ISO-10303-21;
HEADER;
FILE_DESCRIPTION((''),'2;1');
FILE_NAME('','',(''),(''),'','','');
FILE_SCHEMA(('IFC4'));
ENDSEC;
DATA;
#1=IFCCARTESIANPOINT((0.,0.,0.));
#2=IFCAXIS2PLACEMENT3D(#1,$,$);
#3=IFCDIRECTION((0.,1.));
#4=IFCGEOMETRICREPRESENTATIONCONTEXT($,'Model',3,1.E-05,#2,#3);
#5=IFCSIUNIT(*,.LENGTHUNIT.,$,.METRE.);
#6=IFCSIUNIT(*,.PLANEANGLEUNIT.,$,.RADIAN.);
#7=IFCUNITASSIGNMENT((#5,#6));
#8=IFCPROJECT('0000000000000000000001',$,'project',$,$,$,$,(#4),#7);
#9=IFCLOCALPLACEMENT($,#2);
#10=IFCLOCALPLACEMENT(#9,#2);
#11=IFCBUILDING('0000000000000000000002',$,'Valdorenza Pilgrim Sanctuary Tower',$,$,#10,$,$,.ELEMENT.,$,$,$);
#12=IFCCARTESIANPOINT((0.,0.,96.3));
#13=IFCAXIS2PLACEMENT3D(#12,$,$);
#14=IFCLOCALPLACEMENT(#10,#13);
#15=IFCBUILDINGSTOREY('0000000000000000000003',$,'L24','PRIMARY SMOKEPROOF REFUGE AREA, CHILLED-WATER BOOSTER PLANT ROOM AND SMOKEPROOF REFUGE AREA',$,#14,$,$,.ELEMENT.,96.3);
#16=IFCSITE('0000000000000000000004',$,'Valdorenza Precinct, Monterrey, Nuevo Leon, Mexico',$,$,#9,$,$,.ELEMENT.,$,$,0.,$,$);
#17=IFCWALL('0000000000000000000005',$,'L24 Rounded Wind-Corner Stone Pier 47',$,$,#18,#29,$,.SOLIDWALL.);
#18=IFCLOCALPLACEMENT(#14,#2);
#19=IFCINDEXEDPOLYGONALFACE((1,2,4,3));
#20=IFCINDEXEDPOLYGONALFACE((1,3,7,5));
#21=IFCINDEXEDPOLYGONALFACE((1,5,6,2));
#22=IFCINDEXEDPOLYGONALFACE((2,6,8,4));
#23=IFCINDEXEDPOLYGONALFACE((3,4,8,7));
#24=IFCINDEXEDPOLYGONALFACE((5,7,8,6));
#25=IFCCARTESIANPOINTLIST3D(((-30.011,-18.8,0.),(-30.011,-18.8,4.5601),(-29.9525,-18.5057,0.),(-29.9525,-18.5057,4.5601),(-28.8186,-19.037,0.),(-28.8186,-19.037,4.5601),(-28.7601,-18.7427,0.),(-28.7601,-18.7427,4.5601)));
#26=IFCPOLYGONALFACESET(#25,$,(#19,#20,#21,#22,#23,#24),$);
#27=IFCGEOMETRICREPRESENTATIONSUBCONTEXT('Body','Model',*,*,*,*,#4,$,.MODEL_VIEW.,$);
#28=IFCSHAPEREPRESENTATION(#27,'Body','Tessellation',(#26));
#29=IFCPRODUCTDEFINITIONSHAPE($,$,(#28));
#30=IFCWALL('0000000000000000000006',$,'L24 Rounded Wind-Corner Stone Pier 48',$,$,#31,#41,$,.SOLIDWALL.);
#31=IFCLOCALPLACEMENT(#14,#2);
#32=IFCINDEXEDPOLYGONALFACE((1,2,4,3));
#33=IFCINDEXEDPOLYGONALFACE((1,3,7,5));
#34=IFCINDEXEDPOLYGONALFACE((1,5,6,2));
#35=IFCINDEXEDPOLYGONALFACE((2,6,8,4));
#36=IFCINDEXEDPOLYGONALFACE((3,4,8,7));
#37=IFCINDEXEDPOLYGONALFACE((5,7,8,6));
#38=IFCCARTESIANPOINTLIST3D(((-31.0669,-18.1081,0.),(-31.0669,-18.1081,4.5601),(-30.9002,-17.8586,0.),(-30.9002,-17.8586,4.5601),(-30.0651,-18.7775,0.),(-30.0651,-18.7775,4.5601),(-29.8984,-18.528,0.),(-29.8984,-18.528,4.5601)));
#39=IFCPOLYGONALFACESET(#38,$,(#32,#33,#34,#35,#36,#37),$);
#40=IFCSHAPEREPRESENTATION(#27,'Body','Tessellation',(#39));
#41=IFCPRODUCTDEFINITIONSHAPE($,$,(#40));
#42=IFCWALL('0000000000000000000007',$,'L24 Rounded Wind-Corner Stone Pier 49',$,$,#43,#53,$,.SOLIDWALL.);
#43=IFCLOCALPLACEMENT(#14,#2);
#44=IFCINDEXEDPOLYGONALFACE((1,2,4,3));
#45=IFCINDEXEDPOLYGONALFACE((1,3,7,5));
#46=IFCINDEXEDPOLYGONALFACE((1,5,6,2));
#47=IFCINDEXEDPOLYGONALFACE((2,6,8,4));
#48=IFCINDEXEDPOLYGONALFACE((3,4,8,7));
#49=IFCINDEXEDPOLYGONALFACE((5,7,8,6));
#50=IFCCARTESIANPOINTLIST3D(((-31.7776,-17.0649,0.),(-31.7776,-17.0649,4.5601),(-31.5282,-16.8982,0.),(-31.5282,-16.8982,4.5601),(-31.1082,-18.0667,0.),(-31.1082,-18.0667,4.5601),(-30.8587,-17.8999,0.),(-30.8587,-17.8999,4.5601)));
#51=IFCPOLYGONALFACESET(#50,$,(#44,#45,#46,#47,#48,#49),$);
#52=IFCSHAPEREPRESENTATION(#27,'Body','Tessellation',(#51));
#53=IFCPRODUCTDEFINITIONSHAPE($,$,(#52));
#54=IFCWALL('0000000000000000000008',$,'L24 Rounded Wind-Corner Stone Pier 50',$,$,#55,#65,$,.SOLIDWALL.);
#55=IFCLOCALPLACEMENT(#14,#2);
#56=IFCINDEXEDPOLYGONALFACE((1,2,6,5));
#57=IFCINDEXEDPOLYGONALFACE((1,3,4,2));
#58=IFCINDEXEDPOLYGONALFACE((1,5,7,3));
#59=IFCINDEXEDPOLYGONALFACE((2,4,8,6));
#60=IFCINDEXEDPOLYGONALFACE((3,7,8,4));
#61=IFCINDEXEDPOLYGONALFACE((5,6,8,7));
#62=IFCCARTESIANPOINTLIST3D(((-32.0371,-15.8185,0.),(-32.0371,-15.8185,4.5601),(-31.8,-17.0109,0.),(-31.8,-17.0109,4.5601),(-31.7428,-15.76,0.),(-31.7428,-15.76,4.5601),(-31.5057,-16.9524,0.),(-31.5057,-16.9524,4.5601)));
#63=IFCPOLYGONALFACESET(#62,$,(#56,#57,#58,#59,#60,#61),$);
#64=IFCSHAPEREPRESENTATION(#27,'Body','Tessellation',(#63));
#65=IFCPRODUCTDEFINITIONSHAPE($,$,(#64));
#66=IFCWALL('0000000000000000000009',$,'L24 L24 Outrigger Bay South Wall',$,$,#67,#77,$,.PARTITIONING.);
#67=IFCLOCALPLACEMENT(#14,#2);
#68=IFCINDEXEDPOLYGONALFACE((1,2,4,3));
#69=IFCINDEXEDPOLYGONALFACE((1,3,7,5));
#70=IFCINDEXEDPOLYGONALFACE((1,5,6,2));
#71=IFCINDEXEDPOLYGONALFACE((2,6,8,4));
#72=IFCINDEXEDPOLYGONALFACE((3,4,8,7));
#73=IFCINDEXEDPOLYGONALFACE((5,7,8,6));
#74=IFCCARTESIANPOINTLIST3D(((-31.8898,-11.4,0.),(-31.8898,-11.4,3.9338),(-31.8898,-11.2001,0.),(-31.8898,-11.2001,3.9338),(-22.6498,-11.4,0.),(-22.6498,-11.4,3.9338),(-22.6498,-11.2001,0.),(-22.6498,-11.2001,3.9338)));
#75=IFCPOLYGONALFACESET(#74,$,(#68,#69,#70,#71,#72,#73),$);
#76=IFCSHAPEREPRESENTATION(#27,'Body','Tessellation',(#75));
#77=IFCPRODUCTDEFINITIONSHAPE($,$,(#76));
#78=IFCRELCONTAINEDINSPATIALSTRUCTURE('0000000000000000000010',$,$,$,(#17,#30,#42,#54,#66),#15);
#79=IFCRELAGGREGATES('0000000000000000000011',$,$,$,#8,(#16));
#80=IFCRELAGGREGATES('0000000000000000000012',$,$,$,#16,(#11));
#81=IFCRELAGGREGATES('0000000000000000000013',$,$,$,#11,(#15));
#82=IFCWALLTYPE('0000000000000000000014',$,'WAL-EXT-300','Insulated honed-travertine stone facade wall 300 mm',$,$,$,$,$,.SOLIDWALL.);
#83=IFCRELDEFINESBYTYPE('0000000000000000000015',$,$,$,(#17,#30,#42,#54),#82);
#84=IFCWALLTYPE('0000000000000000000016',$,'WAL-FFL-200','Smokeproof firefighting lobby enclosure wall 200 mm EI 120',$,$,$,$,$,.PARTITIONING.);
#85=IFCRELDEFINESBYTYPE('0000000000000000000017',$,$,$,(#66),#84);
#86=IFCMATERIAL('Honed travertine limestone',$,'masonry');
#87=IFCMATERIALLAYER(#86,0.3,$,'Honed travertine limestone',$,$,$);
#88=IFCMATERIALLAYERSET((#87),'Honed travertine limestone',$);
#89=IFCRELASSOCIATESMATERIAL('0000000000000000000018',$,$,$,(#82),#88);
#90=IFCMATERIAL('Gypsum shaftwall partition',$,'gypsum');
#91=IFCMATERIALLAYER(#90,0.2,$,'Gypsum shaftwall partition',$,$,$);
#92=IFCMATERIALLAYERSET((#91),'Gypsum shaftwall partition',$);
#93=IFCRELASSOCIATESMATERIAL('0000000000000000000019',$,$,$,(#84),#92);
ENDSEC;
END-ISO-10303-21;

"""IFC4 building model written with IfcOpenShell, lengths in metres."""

from ifc_helpers import new_model, si_unit, direction, frame, frame_2d, origin, place, context, subcontext, project, spatial, rectangle, extrude, material, layer, layer_set, type_object, element, save


model = new_model("IFC4")

# Units and contexts
model_context = context("Model", 3, precision=1e-05, world=origin(), true_north=direction((0.0, 1.0)))
body_context = subcontext(model_context, "Body", "Model", "MODEL_VIEW")
ifc_project = project(units=[si_unit("LENGTHUNIT", "METRE"), si_unit("PLANEANGLEUNIT", "RADIAN")], contexts=[model_context])

# Site, building, storey
site_placement = place(None, origin())
site = spatial("IfcSite", under=ifc_project, at=site_placement, Name="Valdorenza Precinct, Monterrey, Nuevo Leon, Mexico", CompositionType="ELEMENT", RefElevation=0.0)
building_placement = place(site_placement, origin())
building = spatial("IfcBuilding", under=site, at=building_placement, Name="Valdorenza Pilgrim Sanctuary Tower", CompositionType="ELEMENT")
storey_placement = place(building_placement, frame((0.0, 0.0, 96.3)))
storey = spatial("IfcBuildingStorey", under=building, at=storey_placement, Name="L24", Description="PRIMARY SMOKEPROOF REFUGE AREA, CHILLED-WATER BOOSTER PLANT ROOM AND SMOKEPROOF REFUGE AREA", CompositionType="ELEMENT", Elevation=96.3)

# Shared definitions
ifc_material_1 = material(Name="Honed travertine limestone", Category="masonry")

# Walls
ifc_layer_1 = layer(ifc_material_1, 0.3, Name="Honed travertine limestone")
ifc_layer_set_1 = layer_set([ifc_layer_1], Name="Honed travertine limestone")
wall_type_1 = type_object("IfcWallType", Name="WAL-EXT-300", Description="Insulated honed-travertine stone facade wall 300 mm", PredefinedType="SOLIDWALL", material=ifc_layer_set_1)
wall_1_placement = place(storey_placement, frame((-28.7893, -18.8899, 0.0), z_axis=(0.0, 0.0, 1.0), x_axis=(-0.980804, 0.194996, 0.0)))
element("IfcWall", 1, at=wall_1_placement, inside=storey, type_object=wall_type_1, Name="L24 Rounded Wind-Corner Stone Pier 47", PredefinedType="SOLIDWALL", context=body_context, shape_type="SweptSolid", body=[
    extrude(rectangle(XDim=1.2158, YDim=0.3, at=frame_2d((0.6079, 0.0))), origin(), (0.0, 0.0, 1.0), 4.5601),
])
for number, where, z_axis, x_axis, name in (
    (2, (-29.9817, -18.6528, 0.0), (0.0, 0.0, 1.0), (-0.831426, 0.555635, 0.0), "L24 Rounded Wind-Corner Stone Pier 48"),
    (3, (-30.9834, -17.9834, 0.0), (0.0, 0.0, 1.0), (-0.555635, 0.831426, 0.0), "L24 Rounded Wind-Corner Stone Pier 49"),
):
    element("IfcWall", number, at=place(storey_placement, frame(where, z_axis=z_axis, x_axis=x_axis)), inside=storey, type_object=wall_type_1, Name=name, PredefinedType="SOLIDWALL", context=body_context, shape_type="SweptSolid", body=[
        extrude(rectangle(XDim=1.2048, YDim=0.3, at=frame_2d((0.6025, 0.0))), origin(), (0.0, 0.0, 1.0), 4.5601),
    ])
wall_2_placement = place(storey_placement, frame((-31.6528, -16.9817, 0.0), z_axis=(0.0, 0.0, 1.0), x_axis=(-0.194996, 0.980804, 0.0)))
element("IfcWall", 4, at=wall_2_placement, inside=storey, type_object=wall_type_1, Name="L24 Rounded Wind-Corner Stone Pier 50", PredefinedType="SOLIDWALL", context=body_context, shape_type="SweptSolid", body=[
    extrude(rectangle(XDim=1.2158, YDim=0.3, at=frame_2d((0.6079, 0.0))), origin(), (0.0, 0.0, 1.0), 4.5601),
])
ifc_material_2 = material(Name="Gypsum shaftwall partition", Category="gypsum")
ifc_layer_2 = layer(ifc_material_2, 0.2, Name="Gypsum shaftwall partition")
ifc_layer_set_2 = layer_set([ifc_layer_2], Name="Gypsum shaftwall partition")
wall_type_2 = type_object("IfcWallType", Name="WAL-FFL-200", Description="Smokeproof firefighting lobby enclosure wall 200 mm EI 120", PredefinedType="PARTITIONING", material=ifc_layer_set_2)
wall_3_placement = place(storey_placement, frame((-31.8899, -11.3, 0.0), z_axis=(0.0, 0.0, 1.0), x_axis=(1.0, 0.0, 0.0)))
element("IfcWall", 5, at=wall_3_placement, inside=storey, type_object=wall_type_2, Name="L24 L24 Outrigger Bay South Wall", PredefinedType="PARTITIONING", context=body_context, shape_type="SweptSolid", body=[
    extrude(rectangle(XDim=9.24, YDim=0.2, at=frame_2d((4.6201, 0.0))), origin(), (0.0, 0.0, 1.0), 3.9338),
])

save(model, "model.ifc")
